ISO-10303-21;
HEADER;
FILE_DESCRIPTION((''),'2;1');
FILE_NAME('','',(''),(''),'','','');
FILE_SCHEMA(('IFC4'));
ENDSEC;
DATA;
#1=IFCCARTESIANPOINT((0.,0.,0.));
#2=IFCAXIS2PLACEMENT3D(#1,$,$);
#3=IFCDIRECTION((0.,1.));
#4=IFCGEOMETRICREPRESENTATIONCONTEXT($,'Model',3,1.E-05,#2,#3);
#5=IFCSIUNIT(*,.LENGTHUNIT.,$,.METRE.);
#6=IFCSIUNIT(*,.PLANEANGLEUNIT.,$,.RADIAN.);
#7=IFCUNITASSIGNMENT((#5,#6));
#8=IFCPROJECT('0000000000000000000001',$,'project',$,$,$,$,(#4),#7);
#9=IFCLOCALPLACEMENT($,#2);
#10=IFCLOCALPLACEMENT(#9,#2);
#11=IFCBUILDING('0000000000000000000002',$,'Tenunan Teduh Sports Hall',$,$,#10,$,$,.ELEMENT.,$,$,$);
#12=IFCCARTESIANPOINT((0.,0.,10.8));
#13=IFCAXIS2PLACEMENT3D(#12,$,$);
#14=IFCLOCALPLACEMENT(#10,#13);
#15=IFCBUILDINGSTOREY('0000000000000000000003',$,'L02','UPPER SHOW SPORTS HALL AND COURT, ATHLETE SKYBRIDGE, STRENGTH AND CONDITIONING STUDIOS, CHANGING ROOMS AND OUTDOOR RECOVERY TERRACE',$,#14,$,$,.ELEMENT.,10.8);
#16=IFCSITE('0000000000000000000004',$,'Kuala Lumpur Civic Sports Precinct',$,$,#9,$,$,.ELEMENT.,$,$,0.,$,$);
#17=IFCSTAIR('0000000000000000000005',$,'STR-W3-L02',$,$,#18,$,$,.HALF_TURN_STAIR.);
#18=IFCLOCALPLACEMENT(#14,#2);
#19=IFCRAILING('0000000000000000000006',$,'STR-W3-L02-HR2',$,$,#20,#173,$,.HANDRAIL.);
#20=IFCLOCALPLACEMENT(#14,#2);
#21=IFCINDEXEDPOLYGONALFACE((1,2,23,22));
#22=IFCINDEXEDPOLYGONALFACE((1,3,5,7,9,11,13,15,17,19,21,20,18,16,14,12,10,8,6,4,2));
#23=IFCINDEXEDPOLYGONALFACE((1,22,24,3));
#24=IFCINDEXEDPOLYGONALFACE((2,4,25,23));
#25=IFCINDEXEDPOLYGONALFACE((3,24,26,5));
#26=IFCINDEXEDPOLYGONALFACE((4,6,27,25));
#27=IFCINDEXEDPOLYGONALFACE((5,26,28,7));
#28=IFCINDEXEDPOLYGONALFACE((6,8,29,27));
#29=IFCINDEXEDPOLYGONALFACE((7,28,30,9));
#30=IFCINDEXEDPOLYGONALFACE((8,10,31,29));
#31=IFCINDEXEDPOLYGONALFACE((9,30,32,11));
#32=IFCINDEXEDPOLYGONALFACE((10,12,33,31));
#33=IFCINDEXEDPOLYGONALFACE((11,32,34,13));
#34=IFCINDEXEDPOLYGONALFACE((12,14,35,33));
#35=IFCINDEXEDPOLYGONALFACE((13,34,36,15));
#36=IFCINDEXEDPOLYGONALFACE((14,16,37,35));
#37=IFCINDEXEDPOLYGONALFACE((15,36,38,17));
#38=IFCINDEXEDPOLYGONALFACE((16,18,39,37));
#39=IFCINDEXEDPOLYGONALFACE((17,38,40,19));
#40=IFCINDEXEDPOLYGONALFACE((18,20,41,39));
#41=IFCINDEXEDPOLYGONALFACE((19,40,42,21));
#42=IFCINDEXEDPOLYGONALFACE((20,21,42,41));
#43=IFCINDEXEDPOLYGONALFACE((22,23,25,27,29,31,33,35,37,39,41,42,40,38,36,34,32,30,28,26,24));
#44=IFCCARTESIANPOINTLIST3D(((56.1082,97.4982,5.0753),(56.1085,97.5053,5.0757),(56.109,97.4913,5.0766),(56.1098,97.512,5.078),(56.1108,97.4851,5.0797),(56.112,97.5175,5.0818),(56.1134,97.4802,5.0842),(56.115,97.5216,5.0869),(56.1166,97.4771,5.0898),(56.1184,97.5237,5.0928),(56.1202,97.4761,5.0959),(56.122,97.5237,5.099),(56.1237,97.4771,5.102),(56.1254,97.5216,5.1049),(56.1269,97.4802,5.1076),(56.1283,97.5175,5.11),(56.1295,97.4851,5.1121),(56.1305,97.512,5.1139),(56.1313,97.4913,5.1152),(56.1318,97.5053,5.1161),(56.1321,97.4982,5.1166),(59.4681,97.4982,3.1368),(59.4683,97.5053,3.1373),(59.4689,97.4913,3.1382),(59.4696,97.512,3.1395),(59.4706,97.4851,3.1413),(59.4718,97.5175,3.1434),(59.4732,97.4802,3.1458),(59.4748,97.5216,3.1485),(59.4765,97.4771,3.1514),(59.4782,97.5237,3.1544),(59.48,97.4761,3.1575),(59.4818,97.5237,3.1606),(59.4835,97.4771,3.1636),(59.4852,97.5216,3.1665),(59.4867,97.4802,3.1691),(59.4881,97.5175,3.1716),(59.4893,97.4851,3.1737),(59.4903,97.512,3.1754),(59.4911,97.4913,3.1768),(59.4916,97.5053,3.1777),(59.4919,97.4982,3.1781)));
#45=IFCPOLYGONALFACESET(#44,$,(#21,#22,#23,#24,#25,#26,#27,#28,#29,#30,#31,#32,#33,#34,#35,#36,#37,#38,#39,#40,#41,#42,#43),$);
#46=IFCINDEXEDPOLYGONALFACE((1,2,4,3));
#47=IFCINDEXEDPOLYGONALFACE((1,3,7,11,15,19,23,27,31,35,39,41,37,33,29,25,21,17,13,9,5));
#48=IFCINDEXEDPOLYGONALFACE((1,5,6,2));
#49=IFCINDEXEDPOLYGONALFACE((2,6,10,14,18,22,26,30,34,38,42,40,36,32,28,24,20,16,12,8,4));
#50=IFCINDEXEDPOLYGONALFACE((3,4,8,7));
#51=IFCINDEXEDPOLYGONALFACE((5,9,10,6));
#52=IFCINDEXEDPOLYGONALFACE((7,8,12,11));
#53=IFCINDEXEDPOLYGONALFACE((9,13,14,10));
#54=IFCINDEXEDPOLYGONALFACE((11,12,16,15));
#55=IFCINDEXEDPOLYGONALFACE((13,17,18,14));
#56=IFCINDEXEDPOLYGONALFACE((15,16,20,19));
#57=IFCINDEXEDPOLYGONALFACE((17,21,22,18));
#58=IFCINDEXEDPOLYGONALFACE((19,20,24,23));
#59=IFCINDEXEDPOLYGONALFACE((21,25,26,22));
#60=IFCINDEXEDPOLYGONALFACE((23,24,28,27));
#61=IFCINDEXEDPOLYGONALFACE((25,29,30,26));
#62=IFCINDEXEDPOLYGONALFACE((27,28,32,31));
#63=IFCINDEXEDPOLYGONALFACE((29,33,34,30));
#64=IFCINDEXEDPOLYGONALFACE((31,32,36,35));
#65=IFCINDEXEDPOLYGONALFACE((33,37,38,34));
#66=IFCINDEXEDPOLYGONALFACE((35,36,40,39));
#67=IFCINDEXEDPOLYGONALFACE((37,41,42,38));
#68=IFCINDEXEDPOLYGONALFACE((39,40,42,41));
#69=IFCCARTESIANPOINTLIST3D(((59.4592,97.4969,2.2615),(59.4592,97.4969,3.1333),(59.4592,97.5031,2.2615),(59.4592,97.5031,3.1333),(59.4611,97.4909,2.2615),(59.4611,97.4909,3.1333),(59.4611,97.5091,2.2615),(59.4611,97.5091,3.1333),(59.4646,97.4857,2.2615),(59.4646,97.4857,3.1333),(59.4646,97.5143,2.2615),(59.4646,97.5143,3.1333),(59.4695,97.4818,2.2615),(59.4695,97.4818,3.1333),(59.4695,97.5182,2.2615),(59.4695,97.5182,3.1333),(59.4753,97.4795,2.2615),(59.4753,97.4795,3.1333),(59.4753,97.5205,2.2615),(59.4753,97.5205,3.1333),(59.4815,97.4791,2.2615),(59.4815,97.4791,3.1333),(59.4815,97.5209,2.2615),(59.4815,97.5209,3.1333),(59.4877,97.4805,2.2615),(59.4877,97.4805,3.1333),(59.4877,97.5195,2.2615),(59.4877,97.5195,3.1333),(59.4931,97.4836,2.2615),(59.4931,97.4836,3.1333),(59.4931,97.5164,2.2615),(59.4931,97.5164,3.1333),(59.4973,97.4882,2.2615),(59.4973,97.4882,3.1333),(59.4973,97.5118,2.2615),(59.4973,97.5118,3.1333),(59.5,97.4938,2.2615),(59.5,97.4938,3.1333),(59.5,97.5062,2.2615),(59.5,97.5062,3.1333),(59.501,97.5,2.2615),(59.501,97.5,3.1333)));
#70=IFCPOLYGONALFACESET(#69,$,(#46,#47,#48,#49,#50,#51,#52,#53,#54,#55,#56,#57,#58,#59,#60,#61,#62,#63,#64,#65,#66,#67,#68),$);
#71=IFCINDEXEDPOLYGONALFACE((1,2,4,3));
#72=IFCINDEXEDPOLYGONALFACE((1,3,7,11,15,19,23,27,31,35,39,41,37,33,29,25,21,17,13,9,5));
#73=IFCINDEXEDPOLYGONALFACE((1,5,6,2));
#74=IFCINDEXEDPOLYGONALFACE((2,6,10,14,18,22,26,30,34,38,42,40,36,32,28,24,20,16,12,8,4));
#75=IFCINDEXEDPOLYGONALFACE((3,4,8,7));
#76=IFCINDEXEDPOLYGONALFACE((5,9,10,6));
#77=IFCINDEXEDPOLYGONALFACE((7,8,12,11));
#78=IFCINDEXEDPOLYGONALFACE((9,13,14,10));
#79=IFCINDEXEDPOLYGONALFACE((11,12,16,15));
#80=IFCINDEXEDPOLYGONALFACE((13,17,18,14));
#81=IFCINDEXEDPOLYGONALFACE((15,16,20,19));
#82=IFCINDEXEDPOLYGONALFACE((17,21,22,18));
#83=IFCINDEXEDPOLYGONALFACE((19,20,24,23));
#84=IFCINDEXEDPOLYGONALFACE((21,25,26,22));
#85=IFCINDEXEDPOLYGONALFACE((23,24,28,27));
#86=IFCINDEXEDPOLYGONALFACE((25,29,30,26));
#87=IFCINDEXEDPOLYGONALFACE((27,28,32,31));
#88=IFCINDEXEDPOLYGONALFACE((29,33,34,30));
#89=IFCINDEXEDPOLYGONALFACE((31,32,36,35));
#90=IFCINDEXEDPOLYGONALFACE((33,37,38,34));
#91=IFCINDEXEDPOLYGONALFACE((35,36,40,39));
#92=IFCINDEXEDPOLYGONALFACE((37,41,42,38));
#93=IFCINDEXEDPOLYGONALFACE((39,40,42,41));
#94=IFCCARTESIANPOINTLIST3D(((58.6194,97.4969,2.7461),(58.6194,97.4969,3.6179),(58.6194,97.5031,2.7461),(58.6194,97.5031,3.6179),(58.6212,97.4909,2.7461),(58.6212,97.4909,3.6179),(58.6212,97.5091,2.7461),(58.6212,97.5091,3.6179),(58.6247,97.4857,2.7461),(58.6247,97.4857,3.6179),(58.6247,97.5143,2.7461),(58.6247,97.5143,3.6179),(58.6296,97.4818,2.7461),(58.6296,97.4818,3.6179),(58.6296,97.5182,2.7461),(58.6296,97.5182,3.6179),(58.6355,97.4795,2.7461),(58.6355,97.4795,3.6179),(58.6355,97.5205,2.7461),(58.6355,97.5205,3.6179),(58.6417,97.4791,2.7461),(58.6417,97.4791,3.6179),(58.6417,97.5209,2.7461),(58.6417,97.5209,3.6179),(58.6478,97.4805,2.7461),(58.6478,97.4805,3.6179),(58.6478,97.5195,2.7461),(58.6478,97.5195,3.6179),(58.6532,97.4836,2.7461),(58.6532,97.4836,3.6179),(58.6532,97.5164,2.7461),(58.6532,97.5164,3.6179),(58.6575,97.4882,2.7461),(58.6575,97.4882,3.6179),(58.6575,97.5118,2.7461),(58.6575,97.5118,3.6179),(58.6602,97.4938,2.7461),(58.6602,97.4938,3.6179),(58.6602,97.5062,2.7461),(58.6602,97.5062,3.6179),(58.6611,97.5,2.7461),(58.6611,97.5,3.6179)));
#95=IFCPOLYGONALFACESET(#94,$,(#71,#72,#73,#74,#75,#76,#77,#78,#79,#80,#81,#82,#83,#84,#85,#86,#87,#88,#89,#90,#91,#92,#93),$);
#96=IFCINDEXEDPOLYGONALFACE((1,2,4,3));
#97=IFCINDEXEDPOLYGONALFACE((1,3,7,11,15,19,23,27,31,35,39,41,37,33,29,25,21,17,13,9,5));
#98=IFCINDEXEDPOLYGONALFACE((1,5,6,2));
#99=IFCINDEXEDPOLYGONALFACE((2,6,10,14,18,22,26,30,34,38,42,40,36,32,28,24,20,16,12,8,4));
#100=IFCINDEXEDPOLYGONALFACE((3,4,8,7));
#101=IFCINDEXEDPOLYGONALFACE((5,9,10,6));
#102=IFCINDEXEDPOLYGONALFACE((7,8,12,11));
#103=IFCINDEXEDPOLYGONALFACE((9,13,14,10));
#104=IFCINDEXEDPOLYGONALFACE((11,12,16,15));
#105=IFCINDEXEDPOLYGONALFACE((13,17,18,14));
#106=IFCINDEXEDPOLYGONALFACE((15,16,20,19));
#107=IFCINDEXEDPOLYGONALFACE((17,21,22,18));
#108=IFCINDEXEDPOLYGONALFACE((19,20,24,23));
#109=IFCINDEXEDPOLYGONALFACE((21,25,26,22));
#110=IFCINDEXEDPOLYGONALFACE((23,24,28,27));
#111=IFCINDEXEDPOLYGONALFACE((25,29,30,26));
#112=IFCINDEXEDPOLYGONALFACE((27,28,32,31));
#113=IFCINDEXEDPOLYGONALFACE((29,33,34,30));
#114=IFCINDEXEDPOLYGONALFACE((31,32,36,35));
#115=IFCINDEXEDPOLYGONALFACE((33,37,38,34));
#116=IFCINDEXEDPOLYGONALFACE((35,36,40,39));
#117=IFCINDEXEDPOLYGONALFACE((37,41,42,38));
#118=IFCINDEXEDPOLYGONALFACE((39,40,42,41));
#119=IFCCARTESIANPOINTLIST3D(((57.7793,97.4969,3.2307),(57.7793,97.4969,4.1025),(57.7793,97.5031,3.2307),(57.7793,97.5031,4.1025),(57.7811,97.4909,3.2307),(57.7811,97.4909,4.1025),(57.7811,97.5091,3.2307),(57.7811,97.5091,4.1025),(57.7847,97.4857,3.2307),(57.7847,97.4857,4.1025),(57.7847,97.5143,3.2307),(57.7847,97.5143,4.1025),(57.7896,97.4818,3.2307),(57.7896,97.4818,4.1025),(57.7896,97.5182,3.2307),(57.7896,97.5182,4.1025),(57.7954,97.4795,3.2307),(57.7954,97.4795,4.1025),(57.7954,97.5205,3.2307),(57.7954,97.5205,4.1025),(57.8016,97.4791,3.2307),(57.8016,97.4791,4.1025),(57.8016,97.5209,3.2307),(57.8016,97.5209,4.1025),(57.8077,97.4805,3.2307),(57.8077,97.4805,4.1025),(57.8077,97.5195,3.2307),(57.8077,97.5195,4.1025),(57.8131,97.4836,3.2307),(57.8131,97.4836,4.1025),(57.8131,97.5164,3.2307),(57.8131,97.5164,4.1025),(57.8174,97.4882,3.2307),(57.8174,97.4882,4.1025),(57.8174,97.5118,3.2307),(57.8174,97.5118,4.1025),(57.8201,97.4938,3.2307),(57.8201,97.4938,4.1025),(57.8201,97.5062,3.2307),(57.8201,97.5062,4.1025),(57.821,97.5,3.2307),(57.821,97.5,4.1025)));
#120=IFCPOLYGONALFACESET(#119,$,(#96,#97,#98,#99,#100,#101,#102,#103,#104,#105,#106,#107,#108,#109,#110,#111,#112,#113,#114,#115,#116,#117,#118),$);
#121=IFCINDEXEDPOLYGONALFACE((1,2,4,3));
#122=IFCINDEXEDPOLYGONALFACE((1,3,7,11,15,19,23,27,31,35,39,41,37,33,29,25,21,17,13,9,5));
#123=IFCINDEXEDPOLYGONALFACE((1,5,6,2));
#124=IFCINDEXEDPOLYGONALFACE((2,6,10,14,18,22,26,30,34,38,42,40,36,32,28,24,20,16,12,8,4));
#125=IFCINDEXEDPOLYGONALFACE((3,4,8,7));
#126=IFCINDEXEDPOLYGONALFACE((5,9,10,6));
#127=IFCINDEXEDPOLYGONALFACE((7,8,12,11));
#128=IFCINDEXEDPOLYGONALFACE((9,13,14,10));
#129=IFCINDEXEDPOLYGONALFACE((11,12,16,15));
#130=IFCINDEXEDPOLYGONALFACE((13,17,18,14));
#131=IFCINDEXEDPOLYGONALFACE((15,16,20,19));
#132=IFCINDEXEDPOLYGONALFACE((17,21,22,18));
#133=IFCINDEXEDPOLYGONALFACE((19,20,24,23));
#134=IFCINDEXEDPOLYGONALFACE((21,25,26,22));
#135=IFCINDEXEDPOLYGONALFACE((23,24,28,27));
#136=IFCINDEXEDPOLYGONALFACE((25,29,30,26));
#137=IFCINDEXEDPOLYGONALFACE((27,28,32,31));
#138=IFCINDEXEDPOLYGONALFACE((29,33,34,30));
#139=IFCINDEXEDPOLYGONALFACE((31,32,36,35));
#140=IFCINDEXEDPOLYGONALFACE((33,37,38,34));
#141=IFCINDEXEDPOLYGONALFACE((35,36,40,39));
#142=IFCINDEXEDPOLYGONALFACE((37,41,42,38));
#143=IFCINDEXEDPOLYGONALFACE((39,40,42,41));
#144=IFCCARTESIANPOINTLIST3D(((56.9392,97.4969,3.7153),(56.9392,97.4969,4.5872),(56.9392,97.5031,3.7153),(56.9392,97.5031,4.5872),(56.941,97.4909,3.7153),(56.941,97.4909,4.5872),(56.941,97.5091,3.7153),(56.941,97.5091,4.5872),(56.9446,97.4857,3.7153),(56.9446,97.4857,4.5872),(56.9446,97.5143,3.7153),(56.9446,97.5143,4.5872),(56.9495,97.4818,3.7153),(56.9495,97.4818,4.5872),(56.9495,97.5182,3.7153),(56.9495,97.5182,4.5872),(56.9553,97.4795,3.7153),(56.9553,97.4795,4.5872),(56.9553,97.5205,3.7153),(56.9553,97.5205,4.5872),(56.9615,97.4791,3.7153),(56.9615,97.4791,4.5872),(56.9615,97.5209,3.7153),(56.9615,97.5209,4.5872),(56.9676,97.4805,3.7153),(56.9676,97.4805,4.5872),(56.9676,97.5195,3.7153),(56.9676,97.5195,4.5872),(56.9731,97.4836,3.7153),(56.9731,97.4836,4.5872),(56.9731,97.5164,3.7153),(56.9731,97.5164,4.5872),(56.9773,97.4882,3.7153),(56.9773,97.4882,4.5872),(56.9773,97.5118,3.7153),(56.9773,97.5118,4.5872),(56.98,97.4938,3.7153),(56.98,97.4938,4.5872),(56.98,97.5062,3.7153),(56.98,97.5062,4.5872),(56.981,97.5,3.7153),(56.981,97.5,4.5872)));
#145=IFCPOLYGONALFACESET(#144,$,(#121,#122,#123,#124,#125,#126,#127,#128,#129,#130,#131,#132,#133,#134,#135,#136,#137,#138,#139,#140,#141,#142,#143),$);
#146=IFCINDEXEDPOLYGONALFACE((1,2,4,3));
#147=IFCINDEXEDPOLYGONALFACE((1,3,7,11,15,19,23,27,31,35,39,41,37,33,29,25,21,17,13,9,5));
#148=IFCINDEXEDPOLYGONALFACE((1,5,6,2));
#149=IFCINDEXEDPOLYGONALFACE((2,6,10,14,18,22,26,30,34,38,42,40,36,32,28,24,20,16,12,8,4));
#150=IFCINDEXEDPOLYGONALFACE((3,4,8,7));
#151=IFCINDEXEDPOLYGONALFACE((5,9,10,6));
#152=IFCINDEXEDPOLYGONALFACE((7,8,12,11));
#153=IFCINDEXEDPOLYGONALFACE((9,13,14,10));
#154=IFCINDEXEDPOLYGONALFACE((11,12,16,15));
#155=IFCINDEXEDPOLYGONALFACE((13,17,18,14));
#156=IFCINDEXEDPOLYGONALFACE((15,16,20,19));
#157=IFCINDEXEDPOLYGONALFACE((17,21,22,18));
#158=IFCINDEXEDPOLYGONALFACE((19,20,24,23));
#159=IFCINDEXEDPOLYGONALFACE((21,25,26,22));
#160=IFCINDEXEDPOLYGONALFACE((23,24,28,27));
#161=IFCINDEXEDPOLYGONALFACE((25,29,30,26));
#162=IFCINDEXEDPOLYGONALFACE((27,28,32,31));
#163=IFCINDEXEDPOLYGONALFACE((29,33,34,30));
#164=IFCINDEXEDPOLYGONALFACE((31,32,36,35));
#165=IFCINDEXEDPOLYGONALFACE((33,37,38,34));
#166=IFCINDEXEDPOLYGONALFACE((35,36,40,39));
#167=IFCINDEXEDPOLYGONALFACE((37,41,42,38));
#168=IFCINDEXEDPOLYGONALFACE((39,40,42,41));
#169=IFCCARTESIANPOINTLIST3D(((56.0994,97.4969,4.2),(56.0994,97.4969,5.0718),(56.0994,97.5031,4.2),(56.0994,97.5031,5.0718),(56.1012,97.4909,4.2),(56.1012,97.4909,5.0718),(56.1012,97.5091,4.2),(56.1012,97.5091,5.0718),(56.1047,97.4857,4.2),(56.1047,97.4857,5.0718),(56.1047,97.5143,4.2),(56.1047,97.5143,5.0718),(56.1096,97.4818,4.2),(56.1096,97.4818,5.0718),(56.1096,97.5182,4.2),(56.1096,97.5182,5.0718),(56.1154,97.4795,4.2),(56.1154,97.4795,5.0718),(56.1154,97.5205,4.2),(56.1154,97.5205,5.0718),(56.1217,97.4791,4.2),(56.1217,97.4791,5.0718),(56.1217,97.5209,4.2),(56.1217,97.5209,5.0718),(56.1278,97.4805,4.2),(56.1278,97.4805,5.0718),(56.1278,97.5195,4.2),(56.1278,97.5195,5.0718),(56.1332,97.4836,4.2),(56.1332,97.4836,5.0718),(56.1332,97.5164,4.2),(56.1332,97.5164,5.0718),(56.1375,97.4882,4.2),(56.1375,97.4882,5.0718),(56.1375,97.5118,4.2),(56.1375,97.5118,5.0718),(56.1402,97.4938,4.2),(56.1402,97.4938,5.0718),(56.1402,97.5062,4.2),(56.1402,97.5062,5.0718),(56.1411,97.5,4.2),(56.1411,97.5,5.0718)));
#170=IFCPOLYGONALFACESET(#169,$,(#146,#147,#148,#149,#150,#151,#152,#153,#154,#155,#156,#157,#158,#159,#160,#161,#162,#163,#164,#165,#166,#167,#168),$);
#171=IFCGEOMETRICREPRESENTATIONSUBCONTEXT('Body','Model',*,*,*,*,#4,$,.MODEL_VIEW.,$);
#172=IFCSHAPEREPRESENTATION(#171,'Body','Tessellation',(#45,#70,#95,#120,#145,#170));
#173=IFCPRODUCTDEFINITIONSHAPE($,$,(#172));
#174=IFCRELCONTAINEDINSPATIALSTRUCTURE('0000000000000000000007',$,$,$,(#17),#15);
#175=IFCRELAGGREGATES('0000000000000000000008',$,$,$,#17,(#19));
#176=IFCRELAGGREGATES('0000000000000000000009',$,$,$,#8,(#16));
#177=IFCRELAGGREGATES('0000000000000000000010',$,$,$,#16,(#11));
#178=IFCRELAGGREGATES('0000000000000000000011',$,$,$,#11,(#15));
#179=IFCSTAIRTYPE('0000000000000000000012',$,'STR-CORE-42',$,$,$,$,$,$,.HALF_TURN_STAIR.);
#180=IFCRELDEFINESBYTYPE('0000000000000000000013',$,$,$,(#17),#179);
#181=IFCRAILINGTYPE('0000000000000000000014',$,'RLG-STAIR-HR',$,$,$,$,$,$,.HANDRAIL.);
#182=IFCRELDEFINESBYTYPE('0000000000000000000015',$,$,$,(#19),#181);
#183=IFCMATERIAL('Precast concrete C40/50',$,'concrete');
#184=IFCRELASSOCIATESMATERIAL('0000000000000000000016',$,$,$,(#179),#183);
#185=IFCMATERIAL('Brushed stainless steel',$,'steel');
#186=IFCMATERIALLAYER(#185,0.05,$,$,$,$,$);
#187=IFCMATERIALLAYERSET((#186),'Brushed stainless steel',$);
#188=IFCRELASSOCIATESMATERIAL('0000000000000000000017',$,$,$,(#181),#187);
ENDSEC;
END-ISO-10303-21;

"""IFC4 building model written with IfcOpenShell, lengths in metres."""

from ifc_helpers import new_model, si_unit, direction, frame, origin, origin_2d, place, context, subcontext, project, spatial, circle, extrude, material, layer, layer_set, type_object, element, aggregate, save


model = new_model("IFC4")

# Units and contexts
model_context = context("Model", 3, precision=1e-05, world=origin(), true_north=direction((0.0, 1.0)))
body_context = subcontext(model_context, "Body", "Model", "MODEL_VIEW")
ifc_project = project(units=[si_unit("LENGTHUNIT", "METRE"), si_unit("PLANEANGLEUNIT", "RADIAN")], contexts=[model_context])

# Site, building, storey
site_placement = place(None, origin())
site = spatial("IfcSite", under=ifc_project, at=site_placement, Name="Kuala Lumpur Civic Sports Precinct", CompositionType="ELEMENT", RefElevation=0.0)
building_placement = place(site_placement, origin())
building = spatial("IfcBuilding", under=site, at=building_placement, Name="Tenunan Teduh Sports Hall", CompositionType="ELEMENT")
storey_placement = place(building_placement, frame((0.0, 0.0, 10.8)))
storey = spatial("IfcBuildingStorey", under=building, at=storey_placement, Name="L02", Description="UPPER SHOW SPORTS HALL AND COURT, ATHLETE SKYBRIDGE, STRENGTH AND CONDITIONING STUDIOS, CHANGING ROOMS AND OUTDOOR RECOVERY TERRACE", CompositionType="ELEMENT", Elevation=10.8)

# Stair
ifc_material_1 = material(Name="Precast concrete C40/50", Category="concrete")
stair_type = type_object("IfcStairType", Name="STR-CORE-42", PredefinedType="HALF_TURN_STAIR", material=ifc_material_1)
stair_placement = place(storey_placement, origin())
stair = element("IfcStair", 1, at=stair_placement, inside=storey, type_object=stair_type, Name="STR-W3-L02", PredefinedType="HALF_TURN_STAIR")

# Railing
ifc_material_2 = material(Name="Brushed stainless steel", Category="steel")
ifc_layer_1 = layer(ifc_material_2, 0.05)
ifc_layer_set_1 = layer_set([ifc_layer_1], Name="Brushed stainless steel")
railing_type_1 = type_object("IfcRailingType", Name="RLG-STAIR-HR", PredefinedType="HANDRAIL", material=ifc_layer_set_1)
railing_1_placement = place(storey_placement, frame((59.48, 97.5, 2.2615)))
railing_1 = element("IfcRailing", 2, at=railing_1_placement, type_object=railing_type_1, Name="STR-W3-L02-HR2", PredefinedType="HANDRAIL", context=body_context, shape_type="SweptSolid", body=[
    extrude(circle(Radius=0.0239, at=origin_2d()), frame((0.0, 0.0, 0.896), z_axis=(-0.866175, 0.0, 0.499741), x_axis=(0.0, -1.0, 0.0)), (0.0, 0.0, 1.0), 3.8789),
    extrude(circle(Radius=0.021, at=origin_2d()), origin(), (0.0, 0.0, 1.0), 0.8718),
    extrude(circle(Radius=0.021, at=origin_2d()), frame((-0.8398, 0.0, 0.4846)), (0.0, 0.0, 1.0), 0.8718),
    extrude(circle(Radius=0.021, at=origin_2d()), frame((-1.6799, 0.0, 0.9692)), (0.0, 0.0, 1.0), 0.8718),
    extrude(circle(Radius=0.021, at=origin_2d()), frame((-2.52, 0.0, 1.4539)), (0.0, 0.0, 1.0), 0.8718),
    extrude(circle(Radius=0.021, at=origin_2d()), frame((-3.3599, 0.0, 1.9385)), (0.0, 0.0, 1.0), 0.8718),
])
aggregate(stair, [railing_1])

save(model, "model.ifc")
